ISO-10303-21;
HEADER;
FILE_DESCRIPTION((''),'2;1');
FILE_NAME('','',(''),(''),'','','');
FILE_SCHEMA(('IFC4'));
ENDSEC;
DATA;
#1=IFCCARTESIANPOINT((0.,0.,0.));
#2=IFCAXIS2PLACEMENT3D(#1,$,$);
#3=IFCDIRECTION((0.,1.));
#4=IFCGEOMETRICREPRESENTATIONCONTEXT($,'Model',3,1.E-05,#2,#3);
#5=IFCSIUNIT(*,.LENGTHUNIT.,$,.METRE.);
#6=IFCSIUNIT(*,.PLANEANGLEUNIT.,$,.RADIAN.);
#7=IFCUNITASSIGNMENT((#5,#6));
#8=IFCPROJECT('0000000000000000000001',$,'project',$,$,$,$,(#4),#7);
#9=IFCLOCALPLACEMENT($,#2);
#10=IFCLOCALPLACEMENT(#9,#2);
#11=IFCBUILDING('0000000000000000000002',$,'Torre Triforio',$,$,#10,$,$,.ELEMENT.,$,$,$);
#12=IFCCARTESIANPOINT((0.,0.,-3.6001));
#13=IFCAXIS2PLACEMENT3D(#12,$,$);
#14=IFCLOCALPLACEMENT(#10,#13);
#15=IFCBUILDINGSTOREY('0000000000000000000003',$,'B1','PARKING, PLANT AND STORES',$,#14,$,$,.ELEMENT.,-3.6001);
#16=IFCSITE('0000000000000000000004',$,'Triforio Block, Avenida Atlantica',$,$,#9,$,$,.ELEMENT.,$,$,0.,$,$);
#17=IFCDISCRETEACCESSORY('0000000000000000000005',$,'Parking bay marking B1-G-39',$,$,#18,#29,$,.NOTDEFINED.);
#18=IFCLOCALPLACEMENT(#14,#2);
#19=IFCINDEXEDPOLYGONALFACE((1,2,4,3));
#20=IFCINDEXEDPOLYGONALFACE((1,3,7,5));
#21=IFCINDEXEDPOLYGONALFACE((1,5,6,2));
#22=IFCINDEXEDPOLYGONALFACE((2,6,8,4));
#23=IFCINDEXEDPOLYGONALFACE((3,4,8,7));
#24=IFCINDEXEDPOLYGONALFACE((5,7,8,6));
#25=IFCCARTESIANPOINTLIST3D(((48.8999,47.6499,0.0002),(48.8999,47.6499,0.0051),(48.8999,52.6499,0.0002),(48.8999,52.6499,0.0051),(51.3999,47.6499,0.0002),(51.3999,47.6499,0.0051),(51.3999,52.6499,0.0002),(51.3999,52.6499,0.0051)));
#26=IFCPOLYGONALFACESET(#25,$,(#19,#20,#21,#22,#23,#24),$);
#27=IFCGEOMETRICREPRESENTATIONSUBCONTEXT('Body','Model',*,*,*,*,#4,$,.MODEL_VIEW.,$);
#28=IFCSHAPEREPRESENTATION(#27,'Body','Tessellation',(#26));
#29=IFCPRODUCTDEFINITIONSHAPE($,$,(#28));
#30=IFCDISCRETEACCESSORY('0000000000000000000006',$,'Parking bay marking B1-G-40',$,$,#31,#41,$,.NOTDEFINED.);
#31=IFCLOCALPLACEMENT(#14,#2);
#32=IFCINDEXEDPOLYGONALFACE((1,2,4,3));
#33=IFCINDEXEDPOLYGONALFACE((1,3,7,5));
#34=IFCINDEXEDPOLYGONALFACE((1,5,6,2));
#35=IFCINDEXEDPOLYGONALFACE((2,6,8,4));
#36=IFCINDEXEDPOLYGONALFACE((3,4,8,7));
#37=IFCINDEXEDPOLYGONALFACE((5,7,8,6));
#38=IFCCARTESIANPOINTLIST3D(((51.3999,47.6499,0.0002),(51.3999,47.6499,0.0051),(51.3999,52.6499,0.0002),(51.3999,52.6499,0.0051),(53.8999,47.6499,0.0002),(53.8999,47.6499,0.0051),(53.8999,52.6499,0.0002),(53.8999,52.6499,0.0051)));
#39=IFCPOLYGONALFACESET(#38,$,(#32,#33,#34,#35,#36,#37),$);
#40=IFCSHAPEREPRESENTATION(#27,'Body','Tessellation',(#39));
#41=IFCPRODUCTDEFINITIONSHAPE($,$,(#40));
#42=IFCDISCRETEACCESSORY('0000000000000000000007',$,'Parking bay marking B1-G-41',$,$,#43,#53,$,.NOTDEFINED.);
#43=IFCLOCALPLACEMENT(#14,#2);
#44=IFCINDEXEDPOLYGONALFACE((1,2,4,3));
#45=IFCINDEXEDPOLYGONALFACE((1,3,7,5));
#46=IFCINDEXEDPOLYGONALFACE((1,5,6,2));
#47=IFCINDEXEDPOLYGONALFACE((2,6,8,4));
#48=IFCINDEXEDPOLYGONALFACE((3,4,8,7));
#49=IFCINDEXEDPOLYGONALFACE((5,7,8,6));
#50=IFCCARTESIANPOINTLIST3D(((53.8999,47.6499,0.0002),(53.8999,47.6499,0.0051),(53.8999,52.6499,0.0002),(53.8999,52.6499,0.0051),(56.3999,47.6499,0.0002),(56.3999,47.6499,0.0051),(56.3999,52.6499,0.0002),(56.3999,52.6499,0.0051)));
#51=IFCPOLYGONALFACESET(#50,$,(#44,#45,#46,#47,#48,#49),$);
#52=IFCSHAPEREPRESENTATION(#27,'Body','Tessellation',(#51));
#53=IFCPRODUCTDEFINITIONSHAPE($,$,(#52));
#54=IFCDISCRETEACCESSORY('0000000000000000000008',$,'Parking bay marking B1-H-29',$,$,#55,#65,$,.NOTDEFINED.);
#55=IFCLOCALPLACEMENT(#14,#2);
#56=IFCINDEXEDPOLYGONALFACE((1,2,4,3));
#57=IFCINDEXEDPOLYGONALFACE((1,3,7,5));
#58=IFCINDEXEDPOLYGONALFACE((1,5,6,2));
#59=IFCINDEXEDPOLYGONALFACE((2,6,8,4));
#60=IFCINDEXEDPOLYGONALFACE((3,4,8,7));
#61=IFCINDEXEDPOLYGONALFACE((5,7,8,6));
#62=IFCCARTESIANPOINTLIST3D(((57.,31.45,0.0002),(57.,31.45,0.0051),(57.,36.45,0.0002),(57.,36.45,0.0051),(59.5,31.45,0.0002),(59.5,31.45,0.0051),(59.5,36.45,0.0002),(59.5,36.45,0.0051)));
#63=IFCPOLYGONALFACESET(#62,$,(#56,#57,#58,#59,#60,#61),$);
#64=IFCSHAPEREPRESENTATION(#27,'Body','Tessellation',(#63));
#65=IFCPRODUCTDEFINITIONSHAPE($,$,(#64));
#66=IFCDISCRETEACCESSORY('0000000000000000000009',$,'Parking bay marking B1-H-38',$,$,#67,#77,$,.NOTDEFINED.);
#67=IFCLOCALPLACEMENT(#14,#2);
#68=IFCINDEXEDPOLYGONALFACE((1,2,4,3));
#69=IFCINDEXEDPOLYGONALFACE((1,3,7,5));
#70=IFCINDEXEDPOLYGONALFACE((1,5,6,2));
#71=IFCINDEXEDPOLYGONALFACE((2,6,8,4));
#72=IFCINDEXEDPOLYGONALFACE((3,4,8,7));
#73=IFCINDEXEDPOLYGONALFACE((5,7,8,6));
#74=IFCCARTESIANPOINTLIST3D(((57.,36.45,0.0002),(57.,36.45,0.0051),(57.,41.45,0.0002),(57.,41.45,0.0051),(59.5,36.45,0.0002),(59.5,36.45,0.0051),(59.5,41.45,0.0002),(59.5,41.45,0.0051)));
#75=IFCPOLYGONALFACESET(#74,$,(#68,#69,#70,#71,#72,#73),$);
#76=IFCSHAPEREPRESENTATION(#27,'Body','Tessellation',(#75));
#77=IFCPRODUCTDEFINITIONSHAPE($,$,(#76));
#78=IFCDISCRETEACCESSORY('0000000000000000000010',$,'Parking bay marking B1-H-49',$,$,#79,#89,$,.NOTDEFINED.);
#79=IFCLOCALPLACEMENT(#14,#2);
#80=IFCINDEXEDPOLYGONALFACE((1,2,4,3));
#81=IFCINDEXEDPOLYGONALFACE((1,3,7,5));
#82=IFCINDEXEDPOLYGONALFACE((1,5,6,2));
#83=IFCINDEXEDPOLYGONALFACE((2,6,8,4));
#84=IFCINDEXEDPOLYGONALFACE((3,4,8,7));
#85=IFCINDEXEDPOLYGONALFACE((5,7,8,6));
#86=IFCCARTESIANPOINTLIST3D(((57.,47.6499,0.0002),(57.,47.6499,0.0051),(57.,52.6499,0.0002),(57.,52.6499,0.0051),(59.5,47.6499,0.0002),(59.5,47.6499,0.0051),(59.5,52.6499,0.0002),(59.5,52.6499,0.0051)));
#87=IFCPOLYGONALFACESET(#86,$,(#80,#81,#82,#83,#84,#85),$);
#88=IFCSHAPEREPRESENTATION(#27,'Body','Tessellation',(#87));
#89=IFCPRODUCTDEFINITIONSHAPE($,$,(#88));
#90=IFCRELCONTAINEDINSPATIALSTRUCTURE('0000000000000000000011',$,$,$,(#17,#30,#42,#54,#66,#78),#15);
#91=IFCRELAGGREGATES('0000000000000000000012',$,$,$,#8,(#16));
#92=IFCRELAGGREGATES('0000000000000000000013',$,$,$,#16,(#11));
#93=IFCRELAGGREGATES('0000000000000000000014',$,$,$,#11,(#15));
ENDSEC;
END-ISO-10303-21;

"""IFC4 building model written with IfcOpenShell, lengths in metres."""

from ifc_helpers import new_model, si_unit, direction, frame, origin, origin_2d, place, context, subcontext, project, spatial, rectangle, extrude, element, save


model = new_model("IFC4")

# Units and contexts
model_context = context("Model", 3, precision=1e-05, world=origin(), true_north=direction((0.0, 1.0)))
body_context = subcontext(model_context, "Body", "Model", "MODEL_VIEW")
ifc_project = project(units=[si_unit("LENGTHUNIT", "METRE"), si_unit("PLANEANGLEUNIT", "RADIAN")], contexts=[model_context])

# Site, building, storey
site_placement = place(None, origin())
site = spatial("IfcSite", under=ifc_project, at=site_placement, Name="Triforio Block, Avenida Atlantica", CompositionType="ELEMENT", RefElevation=0.0)
building_placement = place(site_placement, origin())
building = spatial("IfcBuilding", under=site, at=building_placement, Name="Torre Triforio", CompositionType="ELEMENT")
storey_placement = place(building_placement, frame((0.0, 0.0, -3.6001)))
storey = spatial("IfcBuildingStorey", under=building, at=storey_placement, Name="B1", Description="PARKING, PLANT AND STORES", CompositionType="ELEMENT", Elevation=-3.6001)

# Discrete accessories
for number, where, z_axis, x_axis, name in (
    (1, (50.1499, 50.1499, 0.0002), (0.0, 0.0, 1.0), (1.0, 0.0, 0.0), "Parking bay marking B1-G-39"),
    (2, (52.6499, 50.1499, 0.0002), (0.0, 0.0, 1.0), (1.0, 0.0, 0.0), "Parking bay marking B1-G-40"),
    (3, (55.1499, 50.1499, 0.0002), (0.0, 0.0, 1.0), (1.0, 0.0, 0.0), "Parking bay marking B1-G-41"),
    (4, (58.25, 33.95, 0.0002), (0.0, 0.0, 1.0), (1.0, 0.0, 0.0), "Parking bay marking B1-H-29"),
    (5, (58.25, 38.95, 0.0002), (0.0, 0.0, 1.0), (1.0, 0.0, 0.0), "Parking bay marking B1-H-38"),
    (6, (58.25, 50.1499, 0.0002), (0.0, 0.0, 1.0), (1.0, 0.0, 0.0), "Parking bay marking B1-H-49"),
):
    element("IfcDiscreteAccessory", number, at=place(storey_placement, frame(where, z_axis=z_axis, x_axis=x_axis)), inside=storey, Name=name, PredefinedType="NOTDEFINED", context=body_context, shape_type="SweptSolid", body=[
        extrude(rectangle(XDim=2.5, YDim=5.0, at=origin_2d()), origin(), (0.0, 0.0, 1.0), 0.0049),
    ])

save(model, "model.ifc")
